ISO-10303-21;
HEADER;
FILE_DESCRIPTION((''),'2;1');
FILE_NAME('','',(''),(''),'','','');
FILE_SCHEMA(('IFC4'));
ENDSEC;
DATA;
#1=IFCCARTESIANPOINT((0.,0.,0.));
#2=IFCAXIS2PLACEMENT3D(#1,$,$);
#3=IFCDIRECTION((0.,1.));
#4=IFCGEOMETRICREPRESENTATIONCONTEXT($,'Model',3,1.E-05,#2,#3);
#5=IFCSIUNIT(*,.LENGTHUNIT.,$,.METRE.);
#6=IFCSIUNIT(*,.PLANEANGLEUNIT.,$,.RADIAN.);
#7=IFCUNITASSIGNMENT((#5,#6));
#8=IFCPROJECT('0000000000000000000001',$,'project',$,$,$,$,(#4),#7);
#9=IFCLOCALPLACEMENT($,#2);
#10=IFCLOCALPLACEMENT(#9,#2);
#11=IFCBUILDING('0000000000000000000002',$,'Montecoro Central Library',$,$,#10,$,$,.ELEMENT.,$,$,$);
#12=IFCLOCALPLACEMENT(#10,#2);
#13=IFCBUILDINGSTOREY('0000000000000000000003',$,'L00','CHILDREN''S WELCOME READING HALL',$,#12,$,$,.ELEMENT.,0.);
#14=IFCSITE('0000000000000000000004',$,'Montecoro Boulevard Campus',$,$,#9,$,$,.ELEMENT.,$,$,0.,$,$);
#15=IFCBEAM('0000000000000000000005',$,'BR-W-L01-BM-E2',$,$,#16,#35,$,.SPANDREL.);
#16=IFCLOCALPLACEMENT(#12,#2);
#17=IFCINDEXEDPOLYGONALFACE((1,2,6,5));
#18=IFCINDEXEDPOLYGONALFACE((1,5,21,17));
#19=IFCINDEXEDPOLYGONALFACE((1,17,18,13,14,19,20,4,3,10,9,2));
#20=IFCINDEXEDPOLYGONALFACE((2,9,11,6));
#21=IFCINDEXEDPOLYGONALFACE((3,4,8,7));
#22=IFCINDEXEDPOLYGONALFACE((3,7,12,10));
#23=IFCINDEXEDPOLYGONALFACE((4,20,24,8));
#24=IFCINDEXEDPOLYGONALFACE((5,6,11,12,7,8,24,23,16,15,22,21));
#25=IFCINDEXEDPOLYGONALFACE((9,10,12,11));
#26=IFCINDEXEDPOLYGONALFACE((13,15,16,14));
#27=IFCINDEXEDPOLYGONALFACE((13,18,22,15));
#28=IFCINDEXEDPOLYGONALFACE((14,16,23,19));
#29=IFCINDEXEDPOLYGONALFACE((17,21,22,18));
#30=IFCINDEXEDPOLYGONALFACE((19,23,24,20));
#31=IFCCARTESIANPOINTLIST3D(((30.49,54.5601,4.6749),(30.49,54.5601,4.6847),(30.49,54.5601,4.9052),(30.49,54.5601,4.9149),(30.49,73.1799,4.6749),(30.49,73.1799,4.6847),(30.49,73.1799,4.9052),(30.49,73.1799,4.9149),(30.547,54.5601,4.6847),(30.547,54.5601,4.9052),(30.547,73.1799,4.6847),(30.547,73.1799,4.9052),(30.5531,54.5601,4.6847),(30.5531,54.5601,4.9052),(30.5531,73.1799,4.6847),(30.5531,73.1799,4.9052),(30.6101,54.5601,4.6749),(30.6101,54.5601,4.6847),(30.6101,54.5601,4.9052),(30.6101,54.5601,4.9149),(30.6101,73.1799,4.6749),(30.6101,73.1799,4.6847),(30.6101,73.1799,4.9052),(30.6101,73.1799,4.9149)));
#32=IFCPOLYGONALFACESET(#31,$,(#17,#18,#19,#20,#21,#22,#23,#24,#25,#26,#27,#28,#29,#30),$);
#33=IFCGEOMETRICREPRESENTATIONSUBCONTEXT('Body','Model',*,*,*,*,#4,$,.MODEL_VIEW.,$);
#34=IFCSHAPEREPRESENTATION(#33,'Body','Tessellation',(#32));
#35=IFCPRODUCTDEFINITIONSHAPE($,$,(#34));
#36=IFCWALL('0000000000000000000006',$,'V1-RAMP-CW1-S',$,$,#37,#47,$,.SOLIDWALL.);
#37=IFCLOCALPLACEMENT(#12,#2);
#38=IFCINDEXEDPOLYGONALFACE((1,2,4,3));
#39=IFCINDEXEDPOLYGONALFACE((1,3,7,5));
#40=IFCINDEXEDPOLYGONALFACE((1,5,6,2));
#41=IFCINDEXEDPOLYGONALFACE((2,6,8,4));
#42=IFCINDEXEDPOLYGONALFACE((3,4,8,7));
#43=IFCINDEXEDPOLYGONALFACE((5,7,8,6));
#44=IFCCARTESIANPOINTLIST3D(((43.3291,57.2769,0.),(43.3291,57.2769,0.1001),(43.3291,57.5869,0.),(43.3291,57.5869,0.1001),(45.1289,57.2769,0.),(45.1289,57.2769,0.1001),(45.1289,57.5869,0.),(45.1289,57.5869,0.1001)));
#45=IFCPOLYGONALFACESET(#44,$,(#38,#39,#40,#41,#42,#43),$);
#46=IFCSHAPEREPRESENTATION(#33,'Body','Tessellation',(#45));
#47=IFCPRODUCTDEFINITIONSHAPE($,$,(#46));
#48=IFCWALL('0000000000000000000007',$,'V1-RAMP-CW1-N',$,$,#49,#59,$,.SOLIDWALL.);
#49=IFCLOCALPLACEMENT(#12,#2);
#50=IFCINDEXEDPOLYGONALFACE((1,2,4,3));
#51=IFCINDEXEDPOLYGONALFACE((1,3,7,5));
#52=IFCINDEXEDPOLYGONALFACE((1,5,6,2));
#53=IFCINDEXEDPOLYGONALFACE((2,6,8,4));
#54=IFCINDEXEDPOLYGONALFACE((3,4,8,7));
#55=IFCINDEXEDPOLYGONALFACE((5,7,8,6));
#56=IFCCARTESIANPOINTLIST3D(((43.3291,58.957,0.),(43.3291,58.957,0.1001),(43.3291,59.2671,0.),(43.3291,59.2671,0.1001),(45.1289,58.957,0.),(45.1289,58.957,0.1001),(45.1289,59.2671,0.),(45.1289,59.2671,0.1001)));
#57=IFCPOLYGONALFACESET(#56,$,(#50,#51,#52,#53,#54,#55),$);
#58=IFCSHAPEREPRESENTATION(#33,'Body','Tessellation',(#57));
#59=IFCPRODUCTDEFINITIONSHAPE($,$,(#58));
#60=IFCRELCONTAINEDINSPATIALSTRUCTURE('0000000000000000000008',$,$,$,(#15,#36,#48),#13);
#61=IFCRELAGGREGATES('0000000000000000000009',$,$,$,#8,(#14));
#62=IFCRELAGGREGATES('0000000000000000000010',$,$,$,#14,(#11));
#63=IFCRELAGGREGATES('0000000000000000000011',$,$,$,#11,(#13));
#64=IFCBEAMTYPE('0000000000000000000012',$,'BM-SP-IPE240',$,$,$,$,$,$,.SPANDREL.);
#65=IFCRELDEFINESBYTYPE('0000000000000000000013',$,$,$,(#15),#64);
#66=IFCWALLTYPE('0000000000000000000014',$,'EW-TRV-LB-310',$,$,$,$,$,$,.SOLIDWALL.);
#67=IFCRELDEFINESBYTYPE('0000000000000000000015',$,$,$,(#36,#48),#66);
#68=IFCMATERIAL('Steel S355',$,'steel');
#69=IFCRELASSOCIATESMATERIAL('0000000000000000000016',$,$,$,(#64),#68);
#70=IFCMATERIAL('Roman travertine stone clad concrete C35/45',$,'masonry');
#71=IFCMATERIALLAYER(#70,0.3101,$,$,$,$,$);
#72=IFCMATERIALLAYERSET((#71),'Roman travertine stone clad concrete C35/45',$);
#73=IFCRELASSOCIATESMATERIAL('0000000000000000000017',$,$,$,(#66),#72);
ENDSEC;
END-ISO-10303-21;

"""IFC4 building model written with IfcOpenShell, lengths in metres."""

from ifc_helpers import new_model, si_unit, direction, frame, frame_2d, origin, origin_2d, place, context, subcontext, project, spatial, rectangle, i_section, extrude, material, layer, layer_set, material_profile, profile_set, type_object, element, save


model = new_model("IFC4")

# Units and contexts
model_context = context("Model", 3, precision=1e-05, world=origin(), true_north=direction((0.0, 1.0)))
body_context = subcontext(model_context, "Body", "Model", "MODEL_VIEW")
ifc_project = project(units=[si_unit("LENGTHUNIT", "METRE"), si_unit("PLANEANGLEUNIT", "RADIAN")], contexts=[model_context])

# Site, building, storey
site_placement = place(None, origin())
site = spatial("IfcSite", under=ifc_project, at=site_placement, Name="Montecoro Boulevard Campus", CompositionType="ELEMENT", RefElevation=0.0)
building_placement = place(site_placement, origin())
building = spatial("IfcBuilding", under=site, at=building_placement, Name="Montecoro Central Library", CompositionType="ELEMENT")
storey_placement = place(building_placement, origin())
storey = spatial("IfcBuildingStorey", under=building, at=storey_placement, Name="L00", Description="CHILDREN'S WELCOME READING HALL", CompositionType="ELEMENT", Elevation=0.0)

# Shared definitions
ifc_material_1 = material(Name="Steel S355", Category="steel")

# Beam
ifc_material_profile_1 = material_profile(ifc_material_1, i_section(OverallWidth=0.1201, OverallDepth=0.24, WebThickness=0.0061, FlangeThickness=0.0098, at=origin_2d()), Name="IPE 240")
ifc_profile_set_1 = profile_set([ifc_material_profile_1], Name="Steel S355")
beam_type = type_object("IfcBeamType", Name="BM-SP-IPE240", PredefinedType="SPANDREL", material=ifc_profile_set_1)
beam_placement = place(storey_placement, frame((30.55, 54.5601, 4.7949), z_axis=(0.0, 1.0, 0.0), x_axis=(-1.0, 0.0, 0.0)))
element("IfcBeam", 1, at=beam_placement, inside=storey, type_object=beam_type, Name="BR-W-L01-BM-E2", PredefinedType="SPANDREL", context=body_context, shape_type="SweptSolid", body=[
    extrude(i_section(OverallWidth=0.1201, OverallDepth=0.24, WebThickness=0.0061, FlangeThickness=0.0098, at=origin_2d()), origin(), (0.0, 0.0, 1.0), 18.6199),
])

# Walls
ifc_material_2 = material(Name="Roman travertine stone clad concrete C35/45", Category="masonry")
ifc_layer = layer(ifc_material_2, 0.3101)
ifc_layer_set = layer_set([ifc_layer], Name="Roman travertine stone clad concrete C35/45")
wall_type = type_object("IfcWallType", Name="EW-TRV-LB-310", PredefinedType="SOLIDWALL", material=ifc_layer_set)
for number, where, z_axis, x_axis, name in (
    (2, (43.3291, 57.4319, 0.0), (0.0, 0.0, 1.0), (1.0, 0.0, 0.0), "V1-RAMP-CW1-S"),
    (3, (43.3291, 59.1121, 0.0), (0.0, 0.0, 1.0), (1.0, 0.0, 0.0), "V1-RAMP-CW1-N"),
):
    element("IfcWall", number, at=place(storey_placement, frame(where, z_axis=z_axis, x_axis=x_axis)), inside=storey, type_object=wall_type, Name=name, PredefinedType="SOLIDWALL", context=body_context, shape_type="SweptSolid", body=[
        extrude(rectangle(XDim=1.7998, YDim=0.3101, at=frame_2d((0.8999, 0.0))), origin(), (0.0, 0.0, 1.0), 0.1001),
    ])

save(model, "model.ifc")
